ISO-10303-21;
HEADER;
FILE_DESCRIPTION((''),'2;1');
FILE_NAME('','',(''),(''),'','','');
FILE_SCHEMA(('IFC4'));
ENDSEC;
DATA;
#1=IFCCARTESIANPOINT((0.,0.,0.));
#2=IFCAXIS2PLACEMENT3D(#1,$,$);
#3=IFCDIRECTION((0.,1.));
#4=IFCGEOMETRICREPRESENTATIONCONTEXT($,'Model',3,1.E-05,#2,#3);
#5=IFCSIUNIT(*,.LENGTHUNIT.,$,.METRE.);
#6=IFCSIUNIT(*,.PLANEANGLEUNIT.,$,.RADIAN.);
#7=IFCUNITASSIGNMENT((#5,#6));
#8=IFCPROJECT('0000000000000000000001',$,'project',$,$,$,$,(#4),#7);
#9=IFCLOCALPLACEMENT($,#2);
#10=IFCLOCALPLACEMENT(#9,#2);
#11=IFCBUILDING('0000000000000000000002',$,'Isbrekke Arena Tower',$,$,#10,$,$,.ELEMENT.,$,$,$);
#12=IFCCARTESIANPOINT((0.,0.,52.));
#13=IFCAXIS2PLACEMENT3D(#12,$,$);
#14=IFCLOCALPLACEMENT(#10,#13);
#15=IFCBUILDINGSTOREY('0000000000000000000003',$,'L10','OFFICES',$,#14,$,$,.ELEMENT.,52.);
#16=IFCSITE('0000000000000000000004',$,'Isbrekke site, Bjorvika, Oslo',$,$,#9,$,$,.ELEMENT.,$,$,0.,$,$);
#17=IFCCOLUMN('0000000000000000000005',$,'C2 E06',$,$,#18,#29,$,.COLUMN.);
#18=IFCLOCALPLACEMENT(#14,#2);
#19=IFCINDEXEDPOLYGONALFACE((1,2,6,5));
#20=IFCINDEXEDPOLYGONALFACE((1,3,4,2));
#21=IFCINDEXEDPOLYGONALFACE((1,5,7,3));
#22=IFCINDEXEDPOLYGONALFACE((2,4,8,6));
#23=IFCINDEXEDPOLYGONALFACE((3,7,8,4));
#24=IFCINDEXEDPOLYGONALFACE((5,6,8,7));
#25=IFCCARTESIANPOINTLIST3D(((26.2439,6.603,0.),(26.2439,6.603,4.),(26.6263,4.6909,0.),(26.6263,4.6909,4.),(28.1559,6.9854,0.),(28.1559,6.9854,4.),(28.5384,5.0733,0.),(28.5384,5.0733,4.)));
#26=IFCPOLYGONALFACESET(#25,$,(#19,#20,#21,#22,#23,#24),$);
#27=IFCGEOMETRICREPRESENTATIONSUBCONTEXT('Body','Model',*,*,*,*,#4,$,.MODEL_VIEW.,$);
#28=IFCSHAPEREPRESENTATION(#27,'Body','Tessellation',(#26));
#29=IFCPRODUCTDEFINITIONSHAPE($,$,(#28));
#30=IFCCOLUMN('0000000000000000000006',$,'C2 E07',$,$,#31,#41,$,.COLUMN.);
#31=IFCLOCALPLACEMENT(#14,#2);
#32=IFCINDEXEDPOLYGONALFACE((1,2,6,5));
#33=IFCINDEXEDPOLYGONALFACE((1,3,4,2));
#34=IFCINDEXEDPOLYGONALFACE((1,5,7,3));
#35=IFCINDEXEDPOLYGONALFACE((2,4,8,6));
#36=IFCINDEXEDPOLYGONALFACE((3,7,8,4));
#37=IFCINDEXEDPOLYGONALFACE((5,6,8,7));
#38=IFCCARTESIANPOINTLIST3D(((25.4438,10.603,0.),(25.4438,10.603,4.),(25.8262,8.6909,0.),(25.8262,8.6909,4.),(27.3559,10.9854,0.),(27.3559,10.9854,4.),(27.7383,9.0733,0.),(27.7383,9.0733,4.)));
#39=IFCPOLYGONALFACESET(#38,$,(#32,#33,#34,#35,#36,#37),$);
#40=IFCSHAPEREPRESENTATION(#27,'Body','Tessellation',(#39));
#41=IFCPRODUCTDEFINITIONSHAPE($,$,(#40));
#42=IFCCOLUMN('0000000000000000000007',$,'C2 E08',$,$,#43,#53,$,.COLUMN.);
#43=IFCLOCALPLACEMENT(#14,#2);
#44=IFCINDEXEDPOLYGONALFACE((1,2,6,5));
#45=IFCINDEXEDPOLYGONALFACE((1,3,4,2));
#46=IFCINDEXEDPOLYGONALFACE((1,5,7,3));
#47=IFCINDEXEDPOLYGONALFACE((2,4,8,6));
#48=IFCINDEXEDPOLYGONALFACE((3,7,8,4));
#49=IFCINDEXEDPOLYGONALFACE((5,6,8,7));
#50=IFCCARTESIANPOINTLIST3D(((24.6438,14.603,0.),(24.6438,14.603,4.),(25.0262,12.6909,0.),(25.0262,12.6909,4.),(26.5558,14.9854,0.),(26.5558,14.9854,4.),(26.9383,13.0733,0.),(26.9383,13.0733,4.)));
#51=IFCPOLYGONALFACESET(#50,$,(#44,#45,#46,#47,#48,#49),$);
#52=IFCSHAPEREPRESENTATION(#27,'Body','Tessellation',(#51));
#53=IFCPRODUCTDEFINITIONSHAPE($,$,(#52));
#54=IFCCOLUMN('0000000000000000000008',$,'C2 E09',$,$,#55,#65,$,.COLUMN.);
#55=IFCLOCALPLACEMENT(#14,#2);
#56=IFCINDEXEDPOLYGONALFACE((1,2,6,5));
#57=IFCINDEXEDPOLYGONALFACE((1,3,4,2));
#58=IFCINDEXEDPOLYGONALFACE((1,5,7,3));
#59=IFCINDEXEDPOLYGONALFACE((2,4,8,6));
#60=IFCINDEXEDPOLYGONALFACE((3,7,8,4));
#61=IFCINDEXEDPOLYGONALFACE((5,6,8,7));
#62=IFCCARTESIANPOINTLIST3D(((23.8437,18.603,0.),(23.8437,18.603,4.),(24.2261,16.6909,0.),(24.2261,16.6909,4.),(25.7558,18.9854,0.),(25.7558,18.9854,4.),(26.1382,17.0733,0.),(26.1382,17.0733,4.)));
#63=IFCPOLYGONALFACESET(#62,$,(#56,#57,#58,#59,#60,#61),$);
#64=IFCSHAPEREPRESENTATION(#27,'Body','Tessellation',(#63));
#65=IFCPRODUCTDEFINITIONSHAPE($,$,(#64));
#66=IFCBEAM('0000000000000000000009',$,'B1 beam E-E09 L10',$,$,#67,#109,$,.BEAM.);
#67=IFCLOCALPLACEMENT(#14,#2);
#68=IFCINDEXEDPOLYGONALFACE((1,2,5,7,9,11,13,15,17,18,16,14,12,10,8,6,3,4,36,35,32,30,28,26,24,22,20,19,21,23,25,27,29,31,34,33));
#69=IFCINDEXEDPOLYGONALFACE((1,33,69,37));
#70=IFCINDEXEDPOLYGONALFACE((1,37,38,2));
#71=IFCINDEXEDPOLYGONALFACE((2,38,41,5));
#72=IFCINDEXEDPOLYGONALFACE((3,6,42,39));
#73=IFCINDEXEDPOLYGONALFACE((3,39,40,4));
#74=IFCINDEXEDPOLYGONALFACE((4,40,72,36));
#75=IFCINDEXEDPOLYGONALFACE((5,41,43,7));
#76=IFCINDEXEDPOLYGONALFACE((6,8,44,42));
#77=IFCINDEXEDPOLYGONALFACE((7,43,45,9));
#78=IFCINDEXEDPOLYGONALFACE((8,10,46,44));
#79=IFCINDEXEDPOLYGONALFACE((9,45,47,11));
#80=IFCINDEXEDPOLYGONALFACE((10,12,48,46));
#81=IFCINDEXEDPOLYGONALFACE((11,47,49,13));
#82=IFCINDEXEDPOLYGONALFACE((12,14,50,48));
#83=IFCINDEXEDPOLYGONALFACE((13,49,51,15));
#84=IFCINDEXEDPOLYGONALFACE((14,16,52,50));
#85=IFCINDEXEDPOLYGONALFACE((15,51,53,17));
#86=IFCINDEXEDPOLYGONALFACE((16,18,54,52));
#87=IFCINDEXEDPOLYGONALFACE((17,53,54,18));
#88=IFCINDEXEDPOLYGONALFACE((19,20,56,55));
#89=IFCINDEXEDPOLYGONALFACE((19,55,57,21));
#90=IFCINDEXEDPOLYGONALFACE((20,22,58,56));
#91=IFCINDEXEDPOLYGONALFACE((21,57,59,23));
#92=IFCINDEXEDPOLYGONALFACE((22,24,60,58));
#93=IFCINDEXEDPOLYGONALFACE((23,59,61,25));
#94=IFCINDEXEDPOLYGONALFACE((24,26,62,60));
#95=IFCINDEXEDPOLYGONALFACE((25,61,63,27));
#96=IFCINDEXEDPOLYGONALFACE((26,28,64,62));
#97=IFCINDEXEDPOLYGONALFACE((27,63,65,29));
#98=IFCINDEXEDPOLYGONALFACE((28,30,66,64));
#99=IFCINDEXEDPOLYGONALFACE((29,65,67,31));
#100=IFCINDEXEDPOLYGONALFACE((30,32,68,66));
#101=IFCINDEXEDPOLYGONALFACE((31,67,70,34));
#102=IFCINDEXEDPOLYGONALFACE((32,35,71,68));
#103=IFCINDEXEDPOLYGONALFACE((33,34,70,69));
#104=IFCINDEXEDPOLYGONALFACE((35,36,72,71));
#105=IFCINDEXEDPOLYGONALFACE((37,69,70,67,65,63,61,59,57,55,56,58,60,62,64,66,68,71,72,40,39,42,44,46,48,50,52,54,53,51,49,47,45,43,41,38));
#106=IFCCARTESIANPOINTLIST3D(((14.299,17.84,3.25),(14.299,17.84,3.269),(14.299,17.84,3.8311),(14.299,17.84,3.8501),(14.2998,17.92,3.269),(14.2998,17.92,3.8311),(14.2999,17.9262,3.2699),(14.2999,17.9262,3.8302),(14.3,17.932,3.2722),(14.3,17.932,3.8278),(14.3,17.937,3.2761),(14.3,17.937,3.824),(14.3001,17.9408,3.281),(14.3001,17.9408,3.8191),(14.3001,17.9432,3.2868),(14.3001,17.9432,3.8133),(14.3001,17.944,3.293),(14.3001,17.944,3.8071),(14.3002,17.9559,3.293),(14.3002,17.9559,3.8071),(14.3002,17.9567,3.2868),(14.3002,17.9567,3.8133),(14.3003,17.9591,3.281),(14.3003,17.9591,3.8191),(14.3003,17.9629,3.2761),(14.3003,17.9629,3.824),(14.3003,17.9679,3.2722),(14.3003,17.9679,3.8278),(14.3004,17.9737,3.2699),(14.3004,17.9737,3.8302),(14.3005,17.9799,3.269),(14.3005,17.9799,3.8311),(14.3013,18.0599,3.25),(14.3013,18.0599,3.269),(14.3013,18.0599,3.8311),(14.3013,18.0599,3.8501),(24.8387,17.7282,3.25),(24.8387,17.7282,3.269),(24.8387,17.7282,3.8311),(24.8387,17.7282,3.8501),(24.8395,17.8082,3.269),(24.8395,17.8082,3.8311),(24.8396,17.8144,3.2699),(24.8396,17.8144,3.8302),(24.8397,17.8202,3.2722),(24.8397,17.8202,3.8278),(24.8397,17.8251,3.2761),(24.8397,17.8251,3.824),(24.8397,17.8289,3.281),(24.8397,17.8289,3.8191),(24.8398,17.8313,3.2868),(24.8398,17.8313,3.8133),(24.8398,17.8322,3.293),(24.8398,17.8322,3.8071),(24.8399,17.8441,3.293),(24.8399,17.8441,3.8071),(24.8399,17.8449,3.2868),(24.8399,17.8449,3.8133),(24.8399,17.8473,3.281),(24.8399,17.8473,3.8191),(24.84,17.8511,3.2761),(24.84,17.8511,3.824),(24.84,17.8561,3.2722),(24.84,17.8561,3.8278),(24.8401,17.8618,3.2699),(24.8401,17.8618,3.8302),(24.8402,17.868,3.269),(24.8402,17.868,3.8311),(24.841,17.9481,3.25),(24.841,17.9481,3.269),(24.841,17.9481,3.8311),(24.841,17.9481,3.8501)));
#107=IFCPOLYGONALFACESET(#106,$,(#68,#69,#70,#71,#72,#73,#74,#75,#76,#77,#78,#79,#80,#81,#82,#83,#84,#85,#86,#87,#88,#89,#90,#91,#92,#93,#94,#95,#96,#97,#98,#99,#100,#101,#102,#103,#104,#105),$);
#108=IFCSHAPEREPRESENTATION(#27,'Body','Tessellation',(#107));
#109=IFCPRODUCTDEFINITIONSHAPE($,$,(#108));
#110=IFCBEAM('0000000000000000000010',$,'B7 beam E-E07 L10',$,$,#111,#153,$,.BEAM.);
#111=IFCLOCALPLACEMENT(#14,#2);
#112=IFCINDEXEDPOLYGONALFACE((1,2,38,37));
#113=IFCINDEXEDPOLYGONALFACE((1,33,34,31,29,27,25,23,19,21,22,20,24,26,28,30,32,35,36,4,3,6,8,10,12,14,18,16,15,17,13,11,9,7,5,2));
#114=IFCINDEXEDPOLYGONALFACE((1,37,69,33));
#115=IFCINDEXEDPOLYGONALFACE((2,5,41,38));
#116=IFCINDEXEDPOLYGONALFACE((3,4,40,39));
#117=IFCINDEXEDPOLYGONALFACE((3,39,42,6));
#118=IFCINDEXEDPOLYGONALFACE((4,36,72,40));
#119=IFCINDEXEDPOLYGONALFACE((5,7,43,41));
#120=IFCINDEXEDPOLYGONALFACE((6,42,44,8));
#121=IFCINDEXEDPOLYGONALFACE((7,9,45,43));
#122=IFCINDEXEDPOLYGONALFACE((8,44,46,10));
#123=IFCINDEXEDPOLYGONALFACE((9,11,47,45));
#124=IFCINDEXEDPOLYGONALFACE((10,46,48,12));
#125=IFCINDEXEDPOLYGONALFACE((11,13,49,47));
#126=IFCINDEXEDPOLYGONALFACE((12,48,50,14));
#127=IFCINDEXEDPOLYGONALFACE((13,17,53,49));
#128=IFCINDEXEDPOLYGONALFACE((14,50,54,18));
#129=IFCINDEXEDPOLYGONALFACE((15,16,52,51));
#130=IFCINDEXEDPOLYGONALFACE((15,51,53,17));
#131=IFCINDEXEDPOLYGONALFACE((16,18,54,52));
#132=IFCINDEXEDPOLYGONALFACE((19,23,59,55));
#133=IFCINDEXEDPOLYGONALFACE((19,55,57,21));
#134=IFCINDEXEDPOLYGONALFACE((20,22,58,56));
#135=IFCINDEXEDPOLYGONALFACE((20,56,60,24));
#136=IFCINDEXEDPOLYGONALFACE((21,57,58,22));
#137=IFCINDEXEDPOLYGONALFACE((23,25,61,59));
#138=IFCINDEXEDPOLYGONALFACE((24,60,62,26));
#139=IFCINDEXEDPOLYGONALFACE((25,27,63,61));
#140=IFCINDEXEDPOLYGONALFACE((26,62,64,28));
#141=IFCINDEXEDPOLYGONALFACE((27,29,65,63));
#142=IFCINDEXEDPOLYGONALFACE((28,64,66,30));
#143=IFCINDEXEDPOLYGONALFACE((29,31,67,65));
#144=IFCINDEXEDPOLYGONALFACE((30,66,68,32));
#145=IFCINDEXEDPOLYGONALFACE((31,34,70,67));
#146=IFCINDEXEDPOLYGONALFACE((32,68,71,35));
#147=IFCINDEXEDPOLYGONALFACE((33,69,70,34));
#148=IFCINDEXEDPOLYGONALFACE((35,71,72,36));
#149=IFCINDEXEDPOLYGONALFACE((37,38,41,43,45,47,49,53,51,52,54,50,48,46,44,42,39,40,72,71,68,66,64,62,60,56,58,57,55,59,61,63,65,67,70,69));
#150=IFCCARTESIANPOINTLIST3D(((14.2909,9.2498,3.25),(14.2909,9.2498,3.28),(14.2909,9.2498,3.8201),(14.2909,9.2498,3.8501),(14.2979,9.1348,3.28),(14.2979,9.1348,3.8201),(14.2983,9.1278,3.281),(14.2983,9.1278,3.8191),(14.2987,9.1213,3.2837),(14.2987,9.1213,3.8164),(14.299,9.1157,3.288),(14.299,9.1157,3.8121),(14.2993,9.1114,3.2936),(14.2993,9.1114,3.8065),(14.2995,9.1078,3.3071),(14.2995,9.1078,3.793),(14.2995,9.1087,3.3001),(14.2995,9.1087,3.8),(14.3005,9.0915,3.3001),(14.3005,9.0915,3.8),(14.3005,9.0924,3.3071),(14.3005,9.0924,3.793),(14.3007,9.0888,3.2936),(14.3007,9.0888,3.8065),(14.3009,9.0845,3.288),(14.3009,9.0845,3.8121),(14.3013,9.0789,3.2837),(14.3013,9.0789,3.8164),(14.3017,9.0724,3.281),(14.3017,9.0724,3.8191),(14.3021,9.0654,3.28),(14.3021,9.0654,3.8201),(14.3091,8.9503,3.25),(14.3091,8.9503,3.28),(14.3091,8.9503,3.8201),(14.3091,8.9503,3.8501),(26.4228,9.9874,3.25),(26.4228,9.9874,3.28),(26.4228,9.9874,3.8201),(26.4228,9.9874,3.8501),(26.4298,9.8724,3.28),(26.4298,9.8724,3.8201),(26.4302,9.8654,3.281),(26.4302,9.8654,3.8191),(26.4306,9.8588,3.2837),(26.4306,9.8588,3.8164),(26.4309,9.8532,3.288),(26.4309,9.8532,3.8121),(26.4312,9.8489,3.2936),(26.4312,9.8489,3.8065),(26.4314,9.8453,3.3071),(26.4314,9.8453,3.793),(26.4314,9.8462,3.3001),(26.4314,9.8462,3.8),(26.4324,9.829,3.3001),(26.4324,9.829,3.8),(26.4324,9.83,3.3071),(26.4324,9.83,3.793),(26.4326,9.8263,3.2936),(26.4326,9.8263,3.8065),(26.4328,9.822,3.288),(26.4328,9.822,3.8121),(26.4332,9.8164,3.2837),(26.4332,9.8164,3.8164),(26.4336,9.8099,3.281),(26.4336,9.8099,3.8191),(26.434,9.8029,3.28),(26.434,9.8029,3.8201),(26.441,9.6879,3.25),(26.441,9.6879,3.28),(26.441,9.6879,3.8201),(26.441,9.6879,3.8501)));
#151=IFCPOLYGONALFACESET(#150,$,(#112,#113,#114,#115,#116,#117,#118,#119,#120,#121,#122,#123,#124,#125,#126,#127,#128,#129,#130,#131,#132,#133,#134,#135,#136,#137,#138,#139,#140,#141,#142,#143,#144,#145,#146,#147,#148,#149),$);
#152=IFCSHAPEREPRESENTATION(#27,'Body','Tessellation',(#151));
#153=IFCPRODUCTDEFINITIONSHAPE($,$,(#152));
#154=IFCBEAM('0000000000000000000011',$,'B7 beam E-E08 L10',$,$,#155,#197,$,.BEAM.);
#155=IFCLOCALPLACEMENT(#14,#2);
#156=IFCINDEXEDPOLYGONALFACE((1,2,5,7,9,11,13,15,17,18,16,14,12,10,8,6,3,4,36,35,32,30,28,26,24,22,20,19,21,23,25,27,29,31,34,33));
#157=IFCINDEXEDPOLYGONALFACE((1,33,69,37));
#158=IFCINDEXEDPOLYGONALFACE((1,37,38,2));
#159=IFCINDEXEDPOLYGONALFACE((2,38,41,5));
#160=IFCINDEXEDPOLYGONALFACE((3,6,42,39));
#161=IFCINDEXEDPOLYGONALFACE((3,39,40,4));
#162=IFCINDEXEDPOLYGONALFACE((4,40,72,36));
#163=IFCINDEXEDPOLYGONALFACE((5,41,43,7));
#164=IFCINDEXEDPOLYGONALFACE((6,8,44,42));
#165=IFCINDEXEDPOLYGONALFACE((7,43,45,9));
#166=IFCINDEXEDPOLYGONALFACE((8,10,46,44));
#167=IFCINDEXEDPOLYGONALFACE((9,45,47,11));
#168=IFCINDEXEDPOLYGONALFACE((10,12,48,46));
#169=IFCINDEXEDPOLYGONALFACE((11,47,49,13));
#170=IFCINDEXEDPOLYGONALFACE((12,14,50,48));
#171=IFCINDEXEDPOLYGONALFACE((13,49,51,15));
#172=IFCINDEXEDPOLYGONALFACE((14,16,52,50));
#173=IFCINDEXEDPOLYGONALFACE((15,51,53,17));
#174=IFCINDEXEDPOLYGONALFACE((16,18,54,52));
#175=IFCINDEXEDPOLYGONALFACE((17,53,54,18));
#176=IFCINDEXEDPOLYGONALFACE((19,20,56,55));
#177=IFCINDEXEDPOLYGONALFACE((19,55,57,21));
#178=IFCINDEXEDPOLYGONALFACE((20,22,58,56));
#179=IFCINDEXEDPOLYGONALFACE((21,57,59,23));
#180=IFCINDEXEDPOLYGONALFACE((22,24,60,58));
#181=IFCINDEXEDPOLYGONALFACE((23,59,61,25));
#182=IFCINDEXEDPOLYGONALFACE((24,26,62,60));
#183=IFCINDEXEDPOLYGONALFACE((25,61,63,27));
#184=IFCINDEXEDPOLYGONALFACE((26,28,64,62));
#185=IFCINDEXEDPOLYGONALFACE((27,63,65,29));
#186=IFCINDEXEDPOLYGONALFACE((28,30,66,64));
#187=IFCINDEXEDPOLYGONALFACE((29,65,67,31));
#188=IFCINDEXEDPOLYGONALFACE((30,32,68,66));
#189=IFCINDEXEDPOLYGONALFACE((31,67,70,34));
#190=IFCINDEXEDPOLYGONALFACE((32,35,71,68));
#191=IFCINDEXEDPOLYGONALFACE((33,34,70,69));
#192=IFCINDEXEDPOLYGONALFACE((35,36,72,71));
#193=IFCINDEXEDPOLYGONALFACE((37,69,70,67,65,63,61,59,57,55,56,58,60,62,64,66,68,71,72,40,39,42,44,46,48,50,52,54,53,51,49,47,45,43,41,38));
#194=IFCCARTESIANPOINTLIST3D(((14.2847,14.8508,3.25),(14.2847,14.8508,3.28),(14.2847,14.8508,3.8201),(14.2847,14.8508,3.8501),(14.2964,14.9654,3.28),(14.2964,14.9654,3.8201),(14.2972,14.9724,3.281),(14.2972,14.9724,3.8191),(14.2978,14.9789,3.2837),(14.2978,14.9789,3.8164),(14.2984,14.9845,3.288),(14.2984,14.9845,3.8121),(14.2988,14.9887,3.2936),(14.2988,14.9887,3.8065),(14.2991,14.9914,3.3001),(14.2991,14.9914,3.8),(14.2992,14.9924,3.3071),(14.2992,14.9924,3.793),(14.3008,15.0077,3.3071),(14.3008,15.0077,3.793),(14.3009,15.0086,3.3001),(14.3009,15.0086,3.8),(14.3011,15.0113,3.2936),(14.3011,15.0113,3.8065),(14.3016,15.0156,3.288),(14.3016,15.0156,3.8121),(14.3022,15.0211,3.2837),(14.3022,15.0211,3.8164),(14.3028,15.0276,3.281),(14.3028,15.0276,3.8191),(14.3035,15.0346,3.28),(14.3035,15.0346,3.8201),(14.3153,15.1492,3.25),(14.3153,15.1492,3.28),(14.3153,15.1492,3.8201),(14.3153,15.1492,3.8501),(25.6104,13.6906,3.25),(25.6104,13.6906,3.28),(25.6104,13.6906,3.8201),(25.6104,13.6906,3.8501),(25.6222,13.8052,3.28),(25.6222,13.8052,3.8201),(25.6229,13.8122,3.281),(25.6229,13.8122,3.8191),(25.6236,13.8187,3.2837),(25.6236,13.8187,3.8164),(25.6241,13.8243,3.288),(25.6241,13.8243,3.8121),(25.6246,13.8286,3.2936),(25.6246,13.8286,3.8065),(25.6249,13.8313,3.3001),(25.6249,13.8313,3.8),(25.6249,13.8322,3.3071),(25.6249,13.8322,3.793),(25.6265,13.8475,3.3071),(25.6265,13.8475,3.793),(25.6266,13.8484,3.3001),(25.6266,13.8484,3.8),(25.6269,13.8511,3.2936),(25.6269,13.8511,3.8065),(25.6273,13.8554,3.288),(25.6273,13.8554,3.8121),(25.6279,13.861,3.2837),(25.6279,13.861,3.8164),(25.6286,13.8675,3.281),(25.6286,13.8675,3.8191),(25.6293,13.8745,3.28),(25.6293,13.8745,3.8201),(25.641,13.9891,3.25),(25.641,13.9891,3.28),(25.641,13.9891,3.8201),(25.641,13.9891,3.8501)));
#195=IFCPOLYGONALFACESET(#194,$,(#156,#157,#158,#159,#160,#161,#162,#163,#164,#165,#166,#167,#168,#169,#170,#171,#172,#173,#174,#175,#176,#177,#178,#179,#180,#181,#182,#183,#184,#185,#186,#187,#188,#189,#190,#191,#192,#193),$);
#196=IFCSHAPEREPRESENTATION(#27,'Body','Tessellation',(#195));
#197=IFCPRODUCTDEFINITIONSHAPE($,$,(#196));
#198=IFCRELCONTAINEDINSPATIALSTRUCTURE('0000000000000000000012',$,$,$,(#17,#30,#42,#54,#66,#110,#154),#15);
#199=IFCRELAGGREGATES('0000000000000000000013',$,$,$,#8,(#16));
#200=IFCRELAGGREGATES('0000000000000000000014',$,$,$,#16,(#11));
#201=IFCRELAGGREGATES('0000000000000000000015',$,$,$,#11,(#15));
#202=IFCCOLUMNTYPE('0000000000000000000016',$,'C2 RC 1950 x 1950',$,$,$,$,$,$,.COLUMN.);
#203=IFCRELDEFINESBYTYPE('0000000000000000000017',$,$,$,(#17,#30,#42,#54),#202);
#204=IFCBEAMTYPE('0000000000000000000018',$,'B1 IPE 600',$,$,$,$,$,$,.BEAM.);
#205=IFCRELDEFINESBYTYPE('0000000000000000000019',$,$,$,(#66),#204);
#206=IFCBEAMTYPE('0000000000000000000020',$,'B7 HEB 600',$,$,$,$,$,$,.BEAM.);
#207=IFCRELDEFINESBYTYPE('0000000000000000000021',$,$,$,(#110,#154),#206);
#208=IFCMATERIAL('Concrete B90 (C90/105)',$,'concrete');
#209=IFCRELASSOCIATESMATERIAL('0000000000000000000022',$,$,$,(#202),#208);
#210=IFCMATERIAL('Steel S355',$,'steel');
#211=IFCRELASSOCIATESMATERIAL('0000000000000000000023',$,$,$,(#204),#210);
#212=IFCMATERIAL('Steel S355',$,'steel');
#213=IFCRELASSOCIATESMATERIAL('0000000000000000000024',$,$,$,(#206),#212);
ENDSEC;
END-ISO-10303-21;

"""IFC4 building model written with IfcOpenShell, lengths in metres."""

from ifc_helpers import new_model, si_unit, direction, frame, origin, origin_2d, place, context, subcontext, project, spatial, rectangle, i_section, extrude, material, material_profile, profile_set, type_object, element, save


model = new_model("IFC4")

# Units and contexts
model_context = context("Model", 3, precision=1e-05, world=origin(), true_north=direction((0.0, 1.0)))
body_context = subcontext(model_context, "Body", "Model", "MODEL_VIEW")
ifc_project = project(units=[si_unit("LENGTHUNIT", "METRE"), si_unit("PLANEANGLEUNIT", "RADIAN")], contexts=[model_context])

# Site, building, storey
site_placement = place(None, origin())
site = spatial("IfcSite", under=ifc_project, at=site_placement, Name="Isbrekke site, Bjorvika, Oslo", CompositionType="ELEMENT", RefElevation=0.0)
building_placement = place(site_placement, origin())
building = spatial("IfcBuilding", under=site, at=building_placement, Name="Isbrekke Arena Tower", CompositionType="ELEMENT")
storey_placement = place(building_placement, frame((0.0, 0.0, 52.0)))
storey = spatial("IfcBuildingStorey", under=building, at=storey_placement, Name="L10", Description="OFFICES", CompositionType="ELEMENT", Elevation=52.0)

# Columns
ifc_material_1 = material(Name="Concrete B90 (C90/105)", Category="concrete")
ifc_material_profile_1 = material_profile(ifc_material_1, rectangle(XDim=1.95, YDim=1.95, at=origin_2d()), Name="RC 1950x1950")
ifc_profile_set_1 = profile_set([ifc_material_profile_1], Name="Concrete B90 (C90/105)")
column_type = type_object("IfcColumnType", Name="C2 RC 1950 x 1950", PredefinedType="COLUMN", material=ifc_profile_set_1)
for number, where, z_axis, x_axis, name in (
    (1, (27.3911, 5.8381, 0.0), (0.0, 0.0, 1.0), (-0.196116, 0.980581, 0.0), "C2 E06"),
    (2, (26.5911, 9.8381, 0.0), (0.0, 0.0, 1.0), (-0.196116, 0.980581, 0.0), "C2 E07"),
    (3, (25.791, 13.8381, 0.0), (0.0, 0.0, 1.0), (-0.196116, 0.980581, 0.0), "C2 E08"),
    (4, (24.991, 17.8381, 0.0), (0.0, 0.0, 1.0), (-0.196116, 0.980581, 0.0), "C2 E09"),
):
    element("IfcColumn", number, at=place(storey_placement, frame(where, z_axis=z_axis, x_axis=x_axis)), inside=storey, type_object=column_type, Name=name, PredefinedType="COLUMN", context=body_context, shape_type="SweptSolid", body=[
        extrude(rectangle(XDim=1.95, YDim=1.95, at=origin_2d()), origin(), (0.0, 0.0, 1.0), 4.0),
    ])

# Beams
ifc_material_2 = material(Name="Steel S355", Category="steel")
ifc_material_profile_2 = material_profile(ifc_material_2, i_section(OverallWidth=0.22, OverallDepth=0.6001, WebThickness=0.012, FlangeThickness=0.019, FilletRadius=0.0239, at=origin_2d()), Name="IPE 600")
ifc_profile_set_2 = profile_set([ifc_material_profile_2], Name="Steel S355")
beam_type_1 = type_object("IfcBeamType", Name="B1 IPE 600", PredefinedType="BEAM", material=ifc_profile_set_2)
beam_1_placement = place(storey_placement, frame((24.8398, 17.8381, 3.55), z_axis=(-0.999944, 0.010608, 0.0), x_axis=(-0.010608, -0.999944, 0.0)))
element("IfcBeam", 5, at=beam_1_placement, inside=storey, type_object=beam_type_1, Name="B1 beam E-E09 L10", PredefinedType="BEAM", context=body_context, shape_type="SweptSolid", body=[
    extrude(i_section(OverallWidth=0.22, OverallDepth=0.6001, WebThickness=0.012, FlangeThickness=0.019, FilletRadius=0.0239, at=origin_2d()), origin(), (0.0, 0.0, 1.0), 10.5403),
])
ifc_material_3 = material(Name="Steel S355", Category="steel")
ifc_material_profile_3 = material_profile(ifc_material_3, i_section(OverallWidth=0.3, OverallDepth=0.6001, WebThickness=0.0154, FlangeThickness=0.03, FilletRadius=0.0271, at=origin_2d()), Name="HEB 600")
ifc_profile_set_3 = profile_set([ifc_material_profile_3], Name="Steel S355")
beam_type_2 = type_object("IfcBeamType", Name="B7 HEB 600", PredefinedType="BEAM", material=ifc_profile_set_3)
beam_2_placement = place(storey_placement, frame((26.4319, 9.8376, 3.55), z_axis=(-0.998157, -0.060682, 0.0), x_axis=(0.060682, -0.998157, 0.0)))
element("IfcBeam", 6, at=beam_2_placement, inside=storey, type_object=beam_type_2, Name="B7 beam E-E07 L10", PredefinedType="BEAM", context=body_context, shape_type="SweptSolid", body=[
    extrude(i_section(OverallWidth=0.3, OverallDepth=0.6001, WebThickness=0.0154, FlangeThickness=0.03, FilletRadius=0.0271, at=origin_2d()), origin(), (0.0, 0.0, 1.0), 12.1543),
])
beam_3_placement = place(storey_placement, frame((25.6257, 13.8398, 3.55), z_axis=(-0.994794, 0.101903, 0.0), x_axis=(-0.101903, -0.994794, 0.0)))
element("IfcBeam", 7, at=beam_3_placement, inside=storey, type_object=beam_type_2, Name="B7 beam E-E08 L10", PredefinedType="BEAM", context=body_context, shape_type="SweptSolid", body=[
    extrude(i_section(OverallWidth=0.3, OverallDepth=0.6001, WebThickness=0.0154, FlangeThickness=0.03, FilletRadius=0.0271, at=origin_2d()), origin(), (0.0, 0.0, 1.0), 11.385),
])

save(model, "model.ifc")
